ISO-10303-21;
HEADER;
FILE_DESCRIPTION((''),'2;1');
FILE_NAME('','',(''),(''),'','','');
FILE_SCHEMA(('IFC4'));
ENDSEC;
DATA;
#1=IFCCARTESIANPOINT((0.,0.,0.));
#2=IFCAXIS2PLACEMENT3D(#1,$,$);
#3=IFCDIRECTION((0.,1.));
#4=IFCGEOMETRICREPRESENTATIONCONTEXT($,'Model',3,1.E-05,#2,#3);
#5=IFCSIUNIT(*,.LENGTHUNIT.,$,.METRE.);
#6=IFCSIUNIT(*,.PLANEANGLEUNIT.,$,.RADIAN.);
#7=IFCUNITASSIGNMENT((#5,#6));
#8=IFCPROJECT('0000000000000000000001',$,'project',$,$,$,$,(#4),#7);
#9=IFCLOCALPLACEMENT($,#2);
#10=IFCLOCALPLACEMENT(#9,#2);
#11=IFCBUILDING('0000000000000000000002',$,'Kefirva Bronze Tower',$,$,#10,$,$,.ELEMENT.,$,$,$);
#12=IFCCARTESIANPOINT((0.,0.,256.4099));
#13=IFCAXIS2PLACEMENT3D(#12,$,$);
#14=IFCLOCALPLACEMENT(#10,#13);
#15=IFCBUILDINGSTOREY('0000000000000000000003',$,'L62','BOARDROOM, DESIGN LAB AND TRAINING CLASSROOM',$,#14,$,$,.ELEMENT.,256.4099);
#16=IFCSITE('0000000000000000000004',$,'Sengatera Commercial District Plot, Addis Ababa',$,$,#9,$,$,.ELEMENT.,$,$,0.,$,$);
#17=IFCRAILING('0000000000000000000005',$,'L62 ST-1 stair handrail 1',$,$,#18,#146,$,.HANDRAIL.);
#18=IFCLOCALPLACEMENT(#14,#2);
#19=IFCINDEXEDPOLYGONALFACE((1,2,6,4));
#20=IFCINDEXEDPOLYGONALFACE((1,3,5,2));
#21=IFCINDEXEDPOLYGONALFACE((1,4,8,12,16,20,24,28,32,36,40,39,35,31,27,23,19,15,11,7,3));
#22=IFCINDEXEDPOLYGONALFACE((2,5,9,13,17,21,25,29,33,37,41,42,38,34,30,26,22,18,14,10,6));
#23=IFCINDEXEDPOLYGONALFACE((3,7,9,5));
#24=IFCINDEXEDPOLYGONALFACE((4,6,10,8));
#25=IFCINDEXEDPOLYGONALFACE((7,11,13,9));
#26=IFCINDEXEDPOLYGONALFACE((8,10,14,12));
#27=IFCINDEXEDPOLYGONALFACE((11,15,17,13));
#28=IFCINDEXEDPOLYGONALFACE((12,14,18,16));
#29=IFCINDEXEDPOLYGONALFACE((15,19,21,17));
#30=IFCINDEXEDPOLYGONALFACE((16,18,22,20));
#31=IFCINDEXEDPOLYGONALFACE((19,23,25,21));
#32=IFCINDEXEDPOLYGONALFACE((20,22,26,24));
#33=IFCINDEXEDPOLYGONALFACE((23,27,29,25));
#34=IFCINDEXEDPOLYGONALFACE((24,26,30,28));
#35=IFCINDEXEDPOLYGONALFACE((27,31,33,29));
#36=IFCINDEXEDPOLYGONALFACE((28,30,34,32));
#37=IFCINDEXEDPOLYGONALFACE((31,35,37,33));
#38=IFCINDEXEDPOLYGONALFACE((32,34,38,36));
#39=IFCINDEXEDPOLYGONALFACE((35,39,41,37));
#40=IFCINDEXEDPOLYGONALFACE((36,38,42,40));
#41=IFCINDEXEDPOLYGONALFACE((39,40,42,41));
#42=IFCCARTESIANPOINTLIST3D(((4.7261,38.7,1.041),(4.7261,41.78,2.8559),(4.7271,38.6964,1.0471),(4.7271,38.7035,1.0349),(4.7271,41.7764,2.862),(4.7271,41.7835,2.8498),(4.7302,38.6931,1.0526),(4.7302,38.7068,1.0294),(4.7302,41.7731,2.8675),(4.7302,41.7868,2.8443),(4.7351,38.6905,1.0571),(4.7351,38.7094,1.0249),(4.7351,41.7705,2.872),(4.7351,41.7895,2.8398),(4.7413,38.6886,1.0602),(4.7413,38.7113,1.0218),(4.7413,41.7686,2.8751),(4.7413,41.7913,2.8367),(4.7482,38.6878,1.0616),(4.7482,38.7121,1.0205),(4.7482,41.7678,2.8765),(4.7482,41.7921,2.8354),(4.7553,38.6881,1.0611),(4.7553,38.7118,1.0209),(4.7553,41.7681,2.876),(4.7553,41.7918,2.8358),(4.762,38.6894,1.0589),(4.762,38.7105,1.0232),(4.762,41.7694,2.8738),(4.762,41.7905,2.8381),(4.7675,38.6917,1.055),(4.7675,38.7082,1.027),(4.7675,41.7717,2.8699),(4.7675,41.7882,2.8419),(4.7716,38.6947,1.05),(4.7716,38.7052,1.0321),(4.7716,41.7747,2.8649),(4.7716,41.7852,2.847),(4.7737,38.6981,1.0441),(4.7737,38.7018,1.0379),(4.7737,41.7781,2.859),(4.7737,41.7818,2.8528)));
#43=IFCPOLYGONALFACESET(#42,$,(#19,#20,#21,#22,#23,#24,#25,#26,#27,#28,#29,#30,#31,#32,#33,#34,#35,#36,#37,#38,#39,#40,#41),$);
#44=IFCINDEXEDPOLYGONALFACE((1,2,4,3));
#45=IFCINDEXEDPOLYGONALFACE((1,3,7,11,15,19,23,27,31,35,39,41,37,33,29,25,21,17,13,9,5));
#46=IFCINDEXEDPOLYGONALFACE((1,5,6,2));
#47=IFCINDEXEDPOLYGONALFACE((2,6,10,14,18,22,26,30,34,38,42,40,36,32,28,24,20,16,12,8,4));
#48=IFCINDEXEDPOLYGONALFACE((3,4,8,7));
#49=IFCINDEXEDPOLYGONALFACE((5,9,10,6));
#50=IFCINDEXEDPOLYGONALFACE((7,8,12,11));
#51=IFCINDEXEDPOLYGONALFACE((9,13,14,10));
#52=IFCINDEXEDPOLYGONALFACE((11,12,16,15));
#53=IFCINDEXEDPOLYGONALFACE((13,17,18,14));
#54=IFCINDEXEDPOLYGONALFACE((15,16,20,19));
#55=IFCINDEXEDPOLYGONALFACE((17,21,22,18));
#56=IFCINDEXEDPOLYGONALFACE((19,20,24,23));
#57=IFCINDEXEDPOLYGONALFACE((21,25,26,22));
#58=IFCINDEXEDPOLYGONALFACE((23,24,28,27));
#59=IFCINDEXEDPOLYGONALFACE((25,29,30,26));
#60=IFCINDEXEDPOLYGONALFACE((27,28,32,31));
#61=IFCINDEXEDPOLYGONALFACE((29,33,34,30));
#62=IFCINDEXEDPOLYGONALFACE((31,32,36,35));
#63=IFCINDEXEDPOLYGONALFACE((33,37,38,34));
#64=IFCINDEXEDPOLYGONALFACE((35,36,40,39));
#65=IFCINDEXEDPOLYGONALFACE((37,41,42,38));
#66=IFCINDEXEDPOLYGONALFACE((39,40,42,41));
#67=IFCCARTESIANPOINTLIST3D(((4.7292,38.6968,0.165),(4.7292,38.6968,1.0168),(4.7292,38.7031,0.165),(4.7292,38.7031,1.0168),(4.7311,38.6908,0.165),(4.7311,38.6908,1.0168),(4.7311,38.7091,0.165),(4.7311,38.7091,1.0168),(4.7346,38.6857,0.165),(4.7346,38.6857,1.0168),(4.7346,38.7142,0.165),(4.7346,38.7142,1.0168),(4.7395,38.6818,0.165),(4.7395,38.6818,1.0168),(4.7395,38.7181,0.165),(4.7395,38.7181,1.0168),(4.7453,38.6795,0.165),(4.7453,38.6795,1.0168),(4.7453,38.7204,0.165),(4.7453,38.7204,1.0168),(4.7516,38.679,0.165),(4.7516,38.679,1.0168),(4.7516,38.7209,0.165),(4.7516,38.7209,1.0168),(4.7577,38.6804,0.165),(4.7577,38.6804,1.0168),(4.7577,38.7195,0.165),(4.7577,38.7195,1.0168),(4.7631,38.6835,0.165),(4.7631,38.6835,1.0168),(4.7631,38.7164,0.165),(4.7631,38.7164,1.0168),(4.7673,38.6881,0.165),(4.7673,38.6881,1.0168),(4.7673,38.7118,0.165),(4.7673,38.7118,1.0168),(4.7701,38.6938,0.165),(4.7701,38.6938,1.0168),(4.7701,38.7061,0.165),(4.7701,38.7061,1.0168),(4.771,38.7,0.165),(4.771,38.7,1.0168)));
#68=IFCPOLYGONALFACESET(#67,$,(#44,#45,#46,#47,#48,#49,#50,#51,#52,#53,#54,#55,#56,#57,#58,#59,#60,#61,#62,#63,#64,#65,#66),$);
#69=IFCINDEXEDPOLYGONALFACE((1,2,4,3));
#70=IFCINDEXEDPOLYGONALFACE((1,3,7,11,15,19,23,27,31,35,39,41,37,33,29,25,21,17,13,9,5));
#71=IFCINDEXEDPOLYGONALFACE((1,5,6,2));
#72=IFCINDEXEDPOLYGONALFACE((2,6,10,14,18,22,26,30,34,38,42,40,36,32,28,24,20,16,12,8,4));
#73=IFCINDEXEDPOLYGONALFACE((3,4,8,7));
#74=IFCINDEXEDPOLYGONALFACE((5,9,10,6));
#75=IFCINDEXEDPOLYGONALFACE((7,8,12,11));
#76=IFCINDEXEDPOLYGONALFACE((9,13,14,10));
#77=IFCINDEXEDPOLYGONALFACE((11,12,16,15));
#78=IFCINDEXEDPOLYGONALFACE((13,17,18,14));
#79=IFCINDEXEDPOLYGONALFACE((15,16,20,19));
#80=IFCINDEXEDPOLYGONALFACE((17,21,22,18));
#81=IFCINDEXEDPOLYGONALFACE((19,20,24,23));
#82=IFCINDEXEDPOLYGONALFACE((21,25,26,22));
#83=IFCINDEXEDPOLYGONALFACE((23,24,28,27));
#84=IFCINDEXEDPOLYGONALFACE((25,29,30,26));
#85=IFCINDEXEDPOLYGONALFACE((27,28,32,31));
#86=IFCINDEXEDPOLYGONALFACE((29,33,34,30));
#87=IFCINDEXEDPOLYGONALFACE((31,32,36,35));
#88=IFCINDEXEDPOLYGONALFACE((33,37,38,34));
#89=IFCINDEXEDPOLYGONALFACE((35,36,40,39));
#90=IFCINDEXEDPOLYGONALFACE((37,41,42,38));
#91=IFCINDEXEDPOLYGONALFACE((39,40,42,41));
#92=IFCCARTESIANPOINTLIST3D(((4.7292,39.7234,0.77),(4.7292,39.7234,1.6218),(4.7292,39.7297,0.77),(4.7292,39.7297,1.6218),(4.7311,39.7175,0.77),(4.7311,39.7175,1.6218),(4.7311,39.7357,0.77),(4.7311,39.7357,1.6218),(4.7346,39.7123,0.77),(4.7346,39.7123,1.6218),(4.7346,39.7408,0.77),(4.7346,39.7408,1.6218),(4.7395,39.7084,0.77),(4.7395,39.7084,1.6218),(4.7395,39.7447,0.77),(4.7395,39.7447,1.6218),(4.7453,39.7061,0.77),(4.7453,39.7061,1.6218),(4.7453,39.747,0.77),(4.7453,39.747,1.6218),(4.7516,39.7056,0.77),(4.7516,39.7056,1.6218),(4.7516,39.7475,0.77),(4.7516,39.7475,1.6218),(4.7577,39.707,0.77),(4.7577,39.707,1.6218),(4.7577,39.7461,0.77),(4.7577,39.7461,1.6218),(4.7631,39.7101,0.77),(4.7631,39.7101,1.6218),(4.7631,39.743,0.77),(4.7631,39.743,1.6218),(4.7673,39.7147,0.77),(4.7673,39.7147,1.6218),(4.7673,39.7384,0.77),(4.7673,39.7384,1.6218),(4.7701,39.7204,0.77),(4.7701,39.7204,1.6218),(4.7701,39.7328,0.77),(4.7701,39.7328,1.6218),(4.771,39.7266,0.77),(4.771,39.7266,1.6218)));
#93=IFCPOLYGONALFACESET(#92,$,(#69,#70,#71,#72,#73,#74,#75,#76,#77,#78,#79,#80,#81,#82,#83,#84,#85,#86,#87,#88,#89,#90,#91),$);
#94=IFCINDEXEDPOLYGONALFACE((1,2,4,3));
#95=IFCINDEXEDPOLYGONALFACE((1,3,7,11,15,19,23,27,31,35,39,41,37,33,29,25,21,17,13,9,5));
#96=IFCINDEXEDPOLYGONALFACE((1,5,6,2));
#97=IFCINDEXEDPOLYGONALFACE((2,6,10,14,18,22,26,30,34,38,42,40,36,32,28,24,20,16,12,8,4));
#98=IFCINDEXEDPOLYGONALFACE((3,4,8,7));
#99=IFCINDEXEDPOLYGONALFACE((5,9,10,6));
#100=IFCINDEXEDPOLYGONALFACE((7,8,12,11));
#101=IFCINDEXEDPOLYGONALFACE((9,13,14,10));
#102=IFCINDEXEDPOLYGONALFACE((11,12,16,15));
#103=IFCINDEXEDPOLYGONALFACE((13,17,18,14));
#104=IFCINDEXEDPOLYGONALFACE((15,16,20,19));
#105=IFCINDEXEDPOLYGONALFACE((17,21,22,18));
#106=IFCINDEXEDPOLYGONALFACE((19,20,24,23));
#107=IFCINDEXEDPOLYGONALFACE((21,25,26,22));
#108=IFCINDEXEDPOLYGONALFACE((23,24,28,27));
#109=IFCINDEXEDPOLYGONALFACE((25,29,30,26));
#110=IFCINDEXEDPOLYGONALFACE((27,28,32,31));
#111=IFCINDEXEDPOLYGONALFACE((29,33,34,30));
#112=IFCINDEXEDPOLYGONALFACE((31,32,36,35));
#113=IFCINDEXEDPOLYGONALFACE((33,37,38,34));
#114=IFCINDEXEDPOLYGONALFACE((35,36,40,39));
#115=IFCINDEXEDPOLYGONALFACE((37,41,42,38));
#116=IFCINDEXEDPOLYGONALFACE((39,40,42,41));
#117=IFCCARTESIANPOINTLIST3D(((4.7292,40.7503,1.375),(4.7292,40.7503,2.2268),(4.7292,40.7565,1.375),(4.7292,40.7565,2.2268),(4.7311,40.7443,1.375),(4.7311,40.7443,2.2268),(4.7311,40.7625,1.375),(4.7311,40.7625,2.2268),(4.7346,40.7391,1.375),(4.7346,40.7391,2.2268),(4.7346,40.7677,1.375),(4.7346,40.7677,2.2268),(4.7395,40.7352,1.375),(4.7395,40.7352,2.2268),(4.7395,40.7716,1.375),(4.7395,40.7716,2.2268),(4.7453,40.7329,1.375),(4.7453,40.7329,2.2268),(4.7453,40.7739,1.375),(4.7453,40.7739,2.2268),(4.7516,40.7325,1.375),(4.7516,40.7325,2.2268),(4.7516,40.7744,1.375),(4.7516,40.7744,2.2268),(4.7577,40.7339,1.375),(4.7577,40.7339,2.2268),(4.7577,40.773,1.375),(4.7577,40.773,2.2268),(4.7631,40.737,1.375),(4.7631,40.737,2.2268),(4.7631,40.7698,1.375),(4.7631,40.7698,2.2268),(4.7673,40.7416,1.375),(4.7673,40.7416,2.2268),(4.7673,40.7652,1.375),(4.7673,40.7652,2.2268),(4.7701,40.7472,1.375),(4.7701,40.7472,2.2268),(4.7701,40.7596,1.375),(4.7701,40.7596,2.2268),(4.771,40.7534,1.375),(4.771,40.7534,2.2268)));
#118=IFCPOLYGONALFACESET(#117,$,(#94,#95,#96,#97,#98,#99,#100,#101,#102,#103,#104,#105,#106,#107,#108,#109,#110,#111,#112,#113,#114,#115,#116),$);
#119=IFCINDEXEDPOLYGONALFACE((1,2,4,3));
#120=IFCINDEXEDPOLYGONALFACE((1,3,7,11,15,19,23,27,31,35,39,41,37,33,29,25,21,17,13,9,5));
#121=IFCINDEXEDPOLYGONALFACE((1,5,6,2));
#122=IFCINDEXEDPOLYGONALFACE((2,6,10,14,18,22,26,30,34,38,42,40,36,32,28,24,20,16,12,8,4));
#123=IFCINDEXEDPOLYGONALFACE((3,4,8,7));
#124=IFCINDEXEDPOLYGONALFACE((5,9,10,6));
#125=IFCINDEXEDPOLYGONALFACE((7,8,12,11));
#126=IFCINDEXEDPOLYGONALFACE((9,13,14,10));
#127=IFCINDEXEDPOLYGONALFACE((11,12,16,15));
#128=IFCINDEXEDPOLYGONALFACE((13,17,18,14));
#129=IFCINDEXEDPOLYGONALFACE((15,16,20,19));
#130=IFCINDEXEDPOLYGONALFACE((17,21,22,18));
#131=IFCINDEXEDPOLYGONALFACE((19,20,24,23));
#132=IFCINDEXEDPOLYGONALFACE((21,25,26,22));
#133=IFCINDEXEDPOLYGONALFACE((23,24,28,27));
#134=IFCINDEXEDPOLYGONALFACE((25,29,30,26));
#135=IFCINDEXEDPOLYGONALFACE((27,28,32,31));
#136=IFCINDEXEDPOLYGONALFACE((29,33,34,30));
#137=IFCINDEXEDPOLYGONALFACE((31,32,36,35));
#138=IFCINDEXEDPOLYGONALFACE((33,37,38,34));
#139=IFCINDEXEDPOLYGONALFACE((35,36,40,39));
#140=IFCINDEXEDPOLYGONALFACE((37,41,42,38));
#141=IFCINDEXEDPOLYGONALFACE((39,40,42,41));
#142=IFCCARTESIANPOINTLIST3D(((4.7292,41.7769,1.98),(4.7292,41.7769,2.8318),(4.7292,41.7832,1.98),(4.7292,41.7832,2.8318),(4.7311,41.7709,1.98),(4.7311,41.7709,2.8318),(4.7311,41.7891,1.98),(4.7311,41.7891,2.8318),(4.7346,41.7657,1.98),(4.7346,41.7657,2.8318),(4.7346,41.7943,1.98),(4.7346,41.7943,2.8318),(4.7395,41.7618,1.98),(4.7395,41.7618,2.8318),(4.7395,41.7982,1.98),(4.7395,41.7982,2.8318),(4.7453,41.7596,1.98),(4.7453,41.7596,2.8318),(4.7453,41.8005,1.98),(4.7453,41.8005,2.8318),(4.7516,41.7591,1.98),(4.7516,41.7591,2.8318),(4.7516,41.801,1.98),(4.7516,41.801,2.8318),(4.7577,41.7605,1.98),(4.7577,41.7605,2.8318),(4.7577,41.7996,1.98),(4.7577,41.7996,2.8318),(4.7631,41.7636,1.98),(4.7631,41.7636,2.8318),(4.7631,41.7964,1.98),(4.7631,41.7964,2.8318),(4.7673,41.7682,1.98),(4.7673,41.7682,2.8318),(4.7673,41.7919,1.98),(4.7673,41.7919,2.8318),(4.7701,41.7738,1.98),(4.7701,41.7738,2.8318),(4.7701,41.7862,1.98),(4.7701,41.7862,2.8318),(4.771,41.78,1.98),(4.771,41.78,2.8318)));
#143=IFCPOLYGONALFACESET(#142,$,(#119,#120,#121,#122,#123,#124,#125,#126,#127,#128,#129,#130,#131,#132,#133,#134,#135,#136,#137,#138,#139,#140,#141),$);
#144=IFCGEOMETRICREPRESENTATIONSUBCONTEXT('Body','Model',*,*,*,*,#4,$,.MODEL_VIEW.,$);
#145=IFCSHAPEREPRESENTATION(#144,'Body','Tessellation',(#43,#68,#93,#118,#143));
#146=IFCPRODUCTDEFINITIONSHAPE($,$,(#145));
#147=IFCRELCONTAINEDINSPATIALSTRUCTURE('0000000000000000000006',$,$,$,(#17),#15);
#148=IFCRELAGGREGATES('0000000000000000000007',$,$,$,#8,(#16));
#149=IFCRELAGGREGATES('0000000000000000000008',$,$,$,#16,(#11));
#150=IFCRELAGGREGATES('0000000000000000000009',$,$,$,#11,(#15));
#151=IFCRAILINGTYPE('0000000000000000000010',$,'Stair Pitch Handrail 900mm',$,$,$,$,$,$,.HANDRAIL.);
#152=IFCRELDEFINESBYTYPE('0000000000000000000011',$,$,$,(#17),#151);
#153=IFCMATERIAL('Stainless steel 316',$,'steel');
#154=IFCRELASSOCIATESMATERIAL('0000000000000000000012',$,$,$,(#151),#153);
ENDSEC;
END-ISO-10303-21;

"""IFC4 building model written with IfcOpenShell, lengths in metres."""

from ifc_helpers import new_model, si_unit, direction, frame, origin, origin_2d, place, context, subcontext, project, spatial, circle, extrude, material, type_object, element, save


model = new_model("IFC4")

# Units and contexts
model_context = context("Model", 3, precision=1e-05, world=origin(), true_north=direction((0.0, 1.0)))
body_context = subcontext(model_context, "Body", "Model", "MODEL_VIEW")
ifc_project = project(units=[si_unit("LENGTHUNIT", "METRE"), si_unit("PLANEANGLEUNIT", "RADIAN")], contexts=[model_context])

# Site, building, storey
site_placement = place(None, origin())
site = spatial("IfcSite", under=ifc_project, at=site_placement, Name="Sengatera Commercial District Plot, Addis Ababa", CompositionType="ELEMENT", RefElevation=0.0)
building_placement = place(site_placement, origin())
building = spatial("IfcBuilding", under=site, at=building_placement, Name="Kefirva Bronze Tower", CompositionType="ELEMENT")
storey_placement = place(building_placement, frame((0.0, 0.0, 256.4099)))
storey = spatial("IfcBuildingStorey", under=building, at=storey_placement, Name="L62", Description="BOARDROOM, DESIGN LAB AND TRAINING CLASSROOM", CompositionType="ELEMENT", Elevation=256.4099)

# Railing
ifc_material_1 = material(Name="Stainless steel 316", Category="steel")
railing_type_1 = type_object("IfcRailingType", Name="Stair Pitch Handrail 900mm", PredefinedType="HANDRAIL", material=ifc_material_1)
railing_1_placement = place(storey_placement, frame((4.75, 38.7, 0.165)))
element("IfcRailing", 1, at=railing_1_placement, inside=storey, type_object=railing_type_1, Name="L62 ST-1 stair handrail 1", PredefinedType="HANDRAIL", context=body_context, shape_type="SweptSolid", body=[
    extrude(circle(Radius=0.0239, at=origin_2d()), frame((0.0, 0.0, 0.876), z_axis=(0.0, 0.861551, 0.507671), x_axis=(-1.0, 0.0, 0.0)), (0.0, 0.0, 1.0), 3.575),
    extrude(circle(Radius=0.021, at=origin_2d()), origin(), (0.0, 0.0, 1.0), 0.8518),
    extrude(circle(Radius=0.021, at=origin_2d()), frame((0.0, 1.0266, 0.605)), (0.0, 0.0, 1.0), 0.8518),
    extrude(circle(Radius=0.021, at=origin_2d()), frame((0.0, 2.0535, 1.21)), (0.0, 0.0, 1.0), 0.8518),
    extrude(circle(Radius=0.021, at=origin_2d()), frame((0.0, 3.0801, 1.8149)), (0.0, 0.0, 1.0), 0.8518),
])

save(model, "model.ifc")
